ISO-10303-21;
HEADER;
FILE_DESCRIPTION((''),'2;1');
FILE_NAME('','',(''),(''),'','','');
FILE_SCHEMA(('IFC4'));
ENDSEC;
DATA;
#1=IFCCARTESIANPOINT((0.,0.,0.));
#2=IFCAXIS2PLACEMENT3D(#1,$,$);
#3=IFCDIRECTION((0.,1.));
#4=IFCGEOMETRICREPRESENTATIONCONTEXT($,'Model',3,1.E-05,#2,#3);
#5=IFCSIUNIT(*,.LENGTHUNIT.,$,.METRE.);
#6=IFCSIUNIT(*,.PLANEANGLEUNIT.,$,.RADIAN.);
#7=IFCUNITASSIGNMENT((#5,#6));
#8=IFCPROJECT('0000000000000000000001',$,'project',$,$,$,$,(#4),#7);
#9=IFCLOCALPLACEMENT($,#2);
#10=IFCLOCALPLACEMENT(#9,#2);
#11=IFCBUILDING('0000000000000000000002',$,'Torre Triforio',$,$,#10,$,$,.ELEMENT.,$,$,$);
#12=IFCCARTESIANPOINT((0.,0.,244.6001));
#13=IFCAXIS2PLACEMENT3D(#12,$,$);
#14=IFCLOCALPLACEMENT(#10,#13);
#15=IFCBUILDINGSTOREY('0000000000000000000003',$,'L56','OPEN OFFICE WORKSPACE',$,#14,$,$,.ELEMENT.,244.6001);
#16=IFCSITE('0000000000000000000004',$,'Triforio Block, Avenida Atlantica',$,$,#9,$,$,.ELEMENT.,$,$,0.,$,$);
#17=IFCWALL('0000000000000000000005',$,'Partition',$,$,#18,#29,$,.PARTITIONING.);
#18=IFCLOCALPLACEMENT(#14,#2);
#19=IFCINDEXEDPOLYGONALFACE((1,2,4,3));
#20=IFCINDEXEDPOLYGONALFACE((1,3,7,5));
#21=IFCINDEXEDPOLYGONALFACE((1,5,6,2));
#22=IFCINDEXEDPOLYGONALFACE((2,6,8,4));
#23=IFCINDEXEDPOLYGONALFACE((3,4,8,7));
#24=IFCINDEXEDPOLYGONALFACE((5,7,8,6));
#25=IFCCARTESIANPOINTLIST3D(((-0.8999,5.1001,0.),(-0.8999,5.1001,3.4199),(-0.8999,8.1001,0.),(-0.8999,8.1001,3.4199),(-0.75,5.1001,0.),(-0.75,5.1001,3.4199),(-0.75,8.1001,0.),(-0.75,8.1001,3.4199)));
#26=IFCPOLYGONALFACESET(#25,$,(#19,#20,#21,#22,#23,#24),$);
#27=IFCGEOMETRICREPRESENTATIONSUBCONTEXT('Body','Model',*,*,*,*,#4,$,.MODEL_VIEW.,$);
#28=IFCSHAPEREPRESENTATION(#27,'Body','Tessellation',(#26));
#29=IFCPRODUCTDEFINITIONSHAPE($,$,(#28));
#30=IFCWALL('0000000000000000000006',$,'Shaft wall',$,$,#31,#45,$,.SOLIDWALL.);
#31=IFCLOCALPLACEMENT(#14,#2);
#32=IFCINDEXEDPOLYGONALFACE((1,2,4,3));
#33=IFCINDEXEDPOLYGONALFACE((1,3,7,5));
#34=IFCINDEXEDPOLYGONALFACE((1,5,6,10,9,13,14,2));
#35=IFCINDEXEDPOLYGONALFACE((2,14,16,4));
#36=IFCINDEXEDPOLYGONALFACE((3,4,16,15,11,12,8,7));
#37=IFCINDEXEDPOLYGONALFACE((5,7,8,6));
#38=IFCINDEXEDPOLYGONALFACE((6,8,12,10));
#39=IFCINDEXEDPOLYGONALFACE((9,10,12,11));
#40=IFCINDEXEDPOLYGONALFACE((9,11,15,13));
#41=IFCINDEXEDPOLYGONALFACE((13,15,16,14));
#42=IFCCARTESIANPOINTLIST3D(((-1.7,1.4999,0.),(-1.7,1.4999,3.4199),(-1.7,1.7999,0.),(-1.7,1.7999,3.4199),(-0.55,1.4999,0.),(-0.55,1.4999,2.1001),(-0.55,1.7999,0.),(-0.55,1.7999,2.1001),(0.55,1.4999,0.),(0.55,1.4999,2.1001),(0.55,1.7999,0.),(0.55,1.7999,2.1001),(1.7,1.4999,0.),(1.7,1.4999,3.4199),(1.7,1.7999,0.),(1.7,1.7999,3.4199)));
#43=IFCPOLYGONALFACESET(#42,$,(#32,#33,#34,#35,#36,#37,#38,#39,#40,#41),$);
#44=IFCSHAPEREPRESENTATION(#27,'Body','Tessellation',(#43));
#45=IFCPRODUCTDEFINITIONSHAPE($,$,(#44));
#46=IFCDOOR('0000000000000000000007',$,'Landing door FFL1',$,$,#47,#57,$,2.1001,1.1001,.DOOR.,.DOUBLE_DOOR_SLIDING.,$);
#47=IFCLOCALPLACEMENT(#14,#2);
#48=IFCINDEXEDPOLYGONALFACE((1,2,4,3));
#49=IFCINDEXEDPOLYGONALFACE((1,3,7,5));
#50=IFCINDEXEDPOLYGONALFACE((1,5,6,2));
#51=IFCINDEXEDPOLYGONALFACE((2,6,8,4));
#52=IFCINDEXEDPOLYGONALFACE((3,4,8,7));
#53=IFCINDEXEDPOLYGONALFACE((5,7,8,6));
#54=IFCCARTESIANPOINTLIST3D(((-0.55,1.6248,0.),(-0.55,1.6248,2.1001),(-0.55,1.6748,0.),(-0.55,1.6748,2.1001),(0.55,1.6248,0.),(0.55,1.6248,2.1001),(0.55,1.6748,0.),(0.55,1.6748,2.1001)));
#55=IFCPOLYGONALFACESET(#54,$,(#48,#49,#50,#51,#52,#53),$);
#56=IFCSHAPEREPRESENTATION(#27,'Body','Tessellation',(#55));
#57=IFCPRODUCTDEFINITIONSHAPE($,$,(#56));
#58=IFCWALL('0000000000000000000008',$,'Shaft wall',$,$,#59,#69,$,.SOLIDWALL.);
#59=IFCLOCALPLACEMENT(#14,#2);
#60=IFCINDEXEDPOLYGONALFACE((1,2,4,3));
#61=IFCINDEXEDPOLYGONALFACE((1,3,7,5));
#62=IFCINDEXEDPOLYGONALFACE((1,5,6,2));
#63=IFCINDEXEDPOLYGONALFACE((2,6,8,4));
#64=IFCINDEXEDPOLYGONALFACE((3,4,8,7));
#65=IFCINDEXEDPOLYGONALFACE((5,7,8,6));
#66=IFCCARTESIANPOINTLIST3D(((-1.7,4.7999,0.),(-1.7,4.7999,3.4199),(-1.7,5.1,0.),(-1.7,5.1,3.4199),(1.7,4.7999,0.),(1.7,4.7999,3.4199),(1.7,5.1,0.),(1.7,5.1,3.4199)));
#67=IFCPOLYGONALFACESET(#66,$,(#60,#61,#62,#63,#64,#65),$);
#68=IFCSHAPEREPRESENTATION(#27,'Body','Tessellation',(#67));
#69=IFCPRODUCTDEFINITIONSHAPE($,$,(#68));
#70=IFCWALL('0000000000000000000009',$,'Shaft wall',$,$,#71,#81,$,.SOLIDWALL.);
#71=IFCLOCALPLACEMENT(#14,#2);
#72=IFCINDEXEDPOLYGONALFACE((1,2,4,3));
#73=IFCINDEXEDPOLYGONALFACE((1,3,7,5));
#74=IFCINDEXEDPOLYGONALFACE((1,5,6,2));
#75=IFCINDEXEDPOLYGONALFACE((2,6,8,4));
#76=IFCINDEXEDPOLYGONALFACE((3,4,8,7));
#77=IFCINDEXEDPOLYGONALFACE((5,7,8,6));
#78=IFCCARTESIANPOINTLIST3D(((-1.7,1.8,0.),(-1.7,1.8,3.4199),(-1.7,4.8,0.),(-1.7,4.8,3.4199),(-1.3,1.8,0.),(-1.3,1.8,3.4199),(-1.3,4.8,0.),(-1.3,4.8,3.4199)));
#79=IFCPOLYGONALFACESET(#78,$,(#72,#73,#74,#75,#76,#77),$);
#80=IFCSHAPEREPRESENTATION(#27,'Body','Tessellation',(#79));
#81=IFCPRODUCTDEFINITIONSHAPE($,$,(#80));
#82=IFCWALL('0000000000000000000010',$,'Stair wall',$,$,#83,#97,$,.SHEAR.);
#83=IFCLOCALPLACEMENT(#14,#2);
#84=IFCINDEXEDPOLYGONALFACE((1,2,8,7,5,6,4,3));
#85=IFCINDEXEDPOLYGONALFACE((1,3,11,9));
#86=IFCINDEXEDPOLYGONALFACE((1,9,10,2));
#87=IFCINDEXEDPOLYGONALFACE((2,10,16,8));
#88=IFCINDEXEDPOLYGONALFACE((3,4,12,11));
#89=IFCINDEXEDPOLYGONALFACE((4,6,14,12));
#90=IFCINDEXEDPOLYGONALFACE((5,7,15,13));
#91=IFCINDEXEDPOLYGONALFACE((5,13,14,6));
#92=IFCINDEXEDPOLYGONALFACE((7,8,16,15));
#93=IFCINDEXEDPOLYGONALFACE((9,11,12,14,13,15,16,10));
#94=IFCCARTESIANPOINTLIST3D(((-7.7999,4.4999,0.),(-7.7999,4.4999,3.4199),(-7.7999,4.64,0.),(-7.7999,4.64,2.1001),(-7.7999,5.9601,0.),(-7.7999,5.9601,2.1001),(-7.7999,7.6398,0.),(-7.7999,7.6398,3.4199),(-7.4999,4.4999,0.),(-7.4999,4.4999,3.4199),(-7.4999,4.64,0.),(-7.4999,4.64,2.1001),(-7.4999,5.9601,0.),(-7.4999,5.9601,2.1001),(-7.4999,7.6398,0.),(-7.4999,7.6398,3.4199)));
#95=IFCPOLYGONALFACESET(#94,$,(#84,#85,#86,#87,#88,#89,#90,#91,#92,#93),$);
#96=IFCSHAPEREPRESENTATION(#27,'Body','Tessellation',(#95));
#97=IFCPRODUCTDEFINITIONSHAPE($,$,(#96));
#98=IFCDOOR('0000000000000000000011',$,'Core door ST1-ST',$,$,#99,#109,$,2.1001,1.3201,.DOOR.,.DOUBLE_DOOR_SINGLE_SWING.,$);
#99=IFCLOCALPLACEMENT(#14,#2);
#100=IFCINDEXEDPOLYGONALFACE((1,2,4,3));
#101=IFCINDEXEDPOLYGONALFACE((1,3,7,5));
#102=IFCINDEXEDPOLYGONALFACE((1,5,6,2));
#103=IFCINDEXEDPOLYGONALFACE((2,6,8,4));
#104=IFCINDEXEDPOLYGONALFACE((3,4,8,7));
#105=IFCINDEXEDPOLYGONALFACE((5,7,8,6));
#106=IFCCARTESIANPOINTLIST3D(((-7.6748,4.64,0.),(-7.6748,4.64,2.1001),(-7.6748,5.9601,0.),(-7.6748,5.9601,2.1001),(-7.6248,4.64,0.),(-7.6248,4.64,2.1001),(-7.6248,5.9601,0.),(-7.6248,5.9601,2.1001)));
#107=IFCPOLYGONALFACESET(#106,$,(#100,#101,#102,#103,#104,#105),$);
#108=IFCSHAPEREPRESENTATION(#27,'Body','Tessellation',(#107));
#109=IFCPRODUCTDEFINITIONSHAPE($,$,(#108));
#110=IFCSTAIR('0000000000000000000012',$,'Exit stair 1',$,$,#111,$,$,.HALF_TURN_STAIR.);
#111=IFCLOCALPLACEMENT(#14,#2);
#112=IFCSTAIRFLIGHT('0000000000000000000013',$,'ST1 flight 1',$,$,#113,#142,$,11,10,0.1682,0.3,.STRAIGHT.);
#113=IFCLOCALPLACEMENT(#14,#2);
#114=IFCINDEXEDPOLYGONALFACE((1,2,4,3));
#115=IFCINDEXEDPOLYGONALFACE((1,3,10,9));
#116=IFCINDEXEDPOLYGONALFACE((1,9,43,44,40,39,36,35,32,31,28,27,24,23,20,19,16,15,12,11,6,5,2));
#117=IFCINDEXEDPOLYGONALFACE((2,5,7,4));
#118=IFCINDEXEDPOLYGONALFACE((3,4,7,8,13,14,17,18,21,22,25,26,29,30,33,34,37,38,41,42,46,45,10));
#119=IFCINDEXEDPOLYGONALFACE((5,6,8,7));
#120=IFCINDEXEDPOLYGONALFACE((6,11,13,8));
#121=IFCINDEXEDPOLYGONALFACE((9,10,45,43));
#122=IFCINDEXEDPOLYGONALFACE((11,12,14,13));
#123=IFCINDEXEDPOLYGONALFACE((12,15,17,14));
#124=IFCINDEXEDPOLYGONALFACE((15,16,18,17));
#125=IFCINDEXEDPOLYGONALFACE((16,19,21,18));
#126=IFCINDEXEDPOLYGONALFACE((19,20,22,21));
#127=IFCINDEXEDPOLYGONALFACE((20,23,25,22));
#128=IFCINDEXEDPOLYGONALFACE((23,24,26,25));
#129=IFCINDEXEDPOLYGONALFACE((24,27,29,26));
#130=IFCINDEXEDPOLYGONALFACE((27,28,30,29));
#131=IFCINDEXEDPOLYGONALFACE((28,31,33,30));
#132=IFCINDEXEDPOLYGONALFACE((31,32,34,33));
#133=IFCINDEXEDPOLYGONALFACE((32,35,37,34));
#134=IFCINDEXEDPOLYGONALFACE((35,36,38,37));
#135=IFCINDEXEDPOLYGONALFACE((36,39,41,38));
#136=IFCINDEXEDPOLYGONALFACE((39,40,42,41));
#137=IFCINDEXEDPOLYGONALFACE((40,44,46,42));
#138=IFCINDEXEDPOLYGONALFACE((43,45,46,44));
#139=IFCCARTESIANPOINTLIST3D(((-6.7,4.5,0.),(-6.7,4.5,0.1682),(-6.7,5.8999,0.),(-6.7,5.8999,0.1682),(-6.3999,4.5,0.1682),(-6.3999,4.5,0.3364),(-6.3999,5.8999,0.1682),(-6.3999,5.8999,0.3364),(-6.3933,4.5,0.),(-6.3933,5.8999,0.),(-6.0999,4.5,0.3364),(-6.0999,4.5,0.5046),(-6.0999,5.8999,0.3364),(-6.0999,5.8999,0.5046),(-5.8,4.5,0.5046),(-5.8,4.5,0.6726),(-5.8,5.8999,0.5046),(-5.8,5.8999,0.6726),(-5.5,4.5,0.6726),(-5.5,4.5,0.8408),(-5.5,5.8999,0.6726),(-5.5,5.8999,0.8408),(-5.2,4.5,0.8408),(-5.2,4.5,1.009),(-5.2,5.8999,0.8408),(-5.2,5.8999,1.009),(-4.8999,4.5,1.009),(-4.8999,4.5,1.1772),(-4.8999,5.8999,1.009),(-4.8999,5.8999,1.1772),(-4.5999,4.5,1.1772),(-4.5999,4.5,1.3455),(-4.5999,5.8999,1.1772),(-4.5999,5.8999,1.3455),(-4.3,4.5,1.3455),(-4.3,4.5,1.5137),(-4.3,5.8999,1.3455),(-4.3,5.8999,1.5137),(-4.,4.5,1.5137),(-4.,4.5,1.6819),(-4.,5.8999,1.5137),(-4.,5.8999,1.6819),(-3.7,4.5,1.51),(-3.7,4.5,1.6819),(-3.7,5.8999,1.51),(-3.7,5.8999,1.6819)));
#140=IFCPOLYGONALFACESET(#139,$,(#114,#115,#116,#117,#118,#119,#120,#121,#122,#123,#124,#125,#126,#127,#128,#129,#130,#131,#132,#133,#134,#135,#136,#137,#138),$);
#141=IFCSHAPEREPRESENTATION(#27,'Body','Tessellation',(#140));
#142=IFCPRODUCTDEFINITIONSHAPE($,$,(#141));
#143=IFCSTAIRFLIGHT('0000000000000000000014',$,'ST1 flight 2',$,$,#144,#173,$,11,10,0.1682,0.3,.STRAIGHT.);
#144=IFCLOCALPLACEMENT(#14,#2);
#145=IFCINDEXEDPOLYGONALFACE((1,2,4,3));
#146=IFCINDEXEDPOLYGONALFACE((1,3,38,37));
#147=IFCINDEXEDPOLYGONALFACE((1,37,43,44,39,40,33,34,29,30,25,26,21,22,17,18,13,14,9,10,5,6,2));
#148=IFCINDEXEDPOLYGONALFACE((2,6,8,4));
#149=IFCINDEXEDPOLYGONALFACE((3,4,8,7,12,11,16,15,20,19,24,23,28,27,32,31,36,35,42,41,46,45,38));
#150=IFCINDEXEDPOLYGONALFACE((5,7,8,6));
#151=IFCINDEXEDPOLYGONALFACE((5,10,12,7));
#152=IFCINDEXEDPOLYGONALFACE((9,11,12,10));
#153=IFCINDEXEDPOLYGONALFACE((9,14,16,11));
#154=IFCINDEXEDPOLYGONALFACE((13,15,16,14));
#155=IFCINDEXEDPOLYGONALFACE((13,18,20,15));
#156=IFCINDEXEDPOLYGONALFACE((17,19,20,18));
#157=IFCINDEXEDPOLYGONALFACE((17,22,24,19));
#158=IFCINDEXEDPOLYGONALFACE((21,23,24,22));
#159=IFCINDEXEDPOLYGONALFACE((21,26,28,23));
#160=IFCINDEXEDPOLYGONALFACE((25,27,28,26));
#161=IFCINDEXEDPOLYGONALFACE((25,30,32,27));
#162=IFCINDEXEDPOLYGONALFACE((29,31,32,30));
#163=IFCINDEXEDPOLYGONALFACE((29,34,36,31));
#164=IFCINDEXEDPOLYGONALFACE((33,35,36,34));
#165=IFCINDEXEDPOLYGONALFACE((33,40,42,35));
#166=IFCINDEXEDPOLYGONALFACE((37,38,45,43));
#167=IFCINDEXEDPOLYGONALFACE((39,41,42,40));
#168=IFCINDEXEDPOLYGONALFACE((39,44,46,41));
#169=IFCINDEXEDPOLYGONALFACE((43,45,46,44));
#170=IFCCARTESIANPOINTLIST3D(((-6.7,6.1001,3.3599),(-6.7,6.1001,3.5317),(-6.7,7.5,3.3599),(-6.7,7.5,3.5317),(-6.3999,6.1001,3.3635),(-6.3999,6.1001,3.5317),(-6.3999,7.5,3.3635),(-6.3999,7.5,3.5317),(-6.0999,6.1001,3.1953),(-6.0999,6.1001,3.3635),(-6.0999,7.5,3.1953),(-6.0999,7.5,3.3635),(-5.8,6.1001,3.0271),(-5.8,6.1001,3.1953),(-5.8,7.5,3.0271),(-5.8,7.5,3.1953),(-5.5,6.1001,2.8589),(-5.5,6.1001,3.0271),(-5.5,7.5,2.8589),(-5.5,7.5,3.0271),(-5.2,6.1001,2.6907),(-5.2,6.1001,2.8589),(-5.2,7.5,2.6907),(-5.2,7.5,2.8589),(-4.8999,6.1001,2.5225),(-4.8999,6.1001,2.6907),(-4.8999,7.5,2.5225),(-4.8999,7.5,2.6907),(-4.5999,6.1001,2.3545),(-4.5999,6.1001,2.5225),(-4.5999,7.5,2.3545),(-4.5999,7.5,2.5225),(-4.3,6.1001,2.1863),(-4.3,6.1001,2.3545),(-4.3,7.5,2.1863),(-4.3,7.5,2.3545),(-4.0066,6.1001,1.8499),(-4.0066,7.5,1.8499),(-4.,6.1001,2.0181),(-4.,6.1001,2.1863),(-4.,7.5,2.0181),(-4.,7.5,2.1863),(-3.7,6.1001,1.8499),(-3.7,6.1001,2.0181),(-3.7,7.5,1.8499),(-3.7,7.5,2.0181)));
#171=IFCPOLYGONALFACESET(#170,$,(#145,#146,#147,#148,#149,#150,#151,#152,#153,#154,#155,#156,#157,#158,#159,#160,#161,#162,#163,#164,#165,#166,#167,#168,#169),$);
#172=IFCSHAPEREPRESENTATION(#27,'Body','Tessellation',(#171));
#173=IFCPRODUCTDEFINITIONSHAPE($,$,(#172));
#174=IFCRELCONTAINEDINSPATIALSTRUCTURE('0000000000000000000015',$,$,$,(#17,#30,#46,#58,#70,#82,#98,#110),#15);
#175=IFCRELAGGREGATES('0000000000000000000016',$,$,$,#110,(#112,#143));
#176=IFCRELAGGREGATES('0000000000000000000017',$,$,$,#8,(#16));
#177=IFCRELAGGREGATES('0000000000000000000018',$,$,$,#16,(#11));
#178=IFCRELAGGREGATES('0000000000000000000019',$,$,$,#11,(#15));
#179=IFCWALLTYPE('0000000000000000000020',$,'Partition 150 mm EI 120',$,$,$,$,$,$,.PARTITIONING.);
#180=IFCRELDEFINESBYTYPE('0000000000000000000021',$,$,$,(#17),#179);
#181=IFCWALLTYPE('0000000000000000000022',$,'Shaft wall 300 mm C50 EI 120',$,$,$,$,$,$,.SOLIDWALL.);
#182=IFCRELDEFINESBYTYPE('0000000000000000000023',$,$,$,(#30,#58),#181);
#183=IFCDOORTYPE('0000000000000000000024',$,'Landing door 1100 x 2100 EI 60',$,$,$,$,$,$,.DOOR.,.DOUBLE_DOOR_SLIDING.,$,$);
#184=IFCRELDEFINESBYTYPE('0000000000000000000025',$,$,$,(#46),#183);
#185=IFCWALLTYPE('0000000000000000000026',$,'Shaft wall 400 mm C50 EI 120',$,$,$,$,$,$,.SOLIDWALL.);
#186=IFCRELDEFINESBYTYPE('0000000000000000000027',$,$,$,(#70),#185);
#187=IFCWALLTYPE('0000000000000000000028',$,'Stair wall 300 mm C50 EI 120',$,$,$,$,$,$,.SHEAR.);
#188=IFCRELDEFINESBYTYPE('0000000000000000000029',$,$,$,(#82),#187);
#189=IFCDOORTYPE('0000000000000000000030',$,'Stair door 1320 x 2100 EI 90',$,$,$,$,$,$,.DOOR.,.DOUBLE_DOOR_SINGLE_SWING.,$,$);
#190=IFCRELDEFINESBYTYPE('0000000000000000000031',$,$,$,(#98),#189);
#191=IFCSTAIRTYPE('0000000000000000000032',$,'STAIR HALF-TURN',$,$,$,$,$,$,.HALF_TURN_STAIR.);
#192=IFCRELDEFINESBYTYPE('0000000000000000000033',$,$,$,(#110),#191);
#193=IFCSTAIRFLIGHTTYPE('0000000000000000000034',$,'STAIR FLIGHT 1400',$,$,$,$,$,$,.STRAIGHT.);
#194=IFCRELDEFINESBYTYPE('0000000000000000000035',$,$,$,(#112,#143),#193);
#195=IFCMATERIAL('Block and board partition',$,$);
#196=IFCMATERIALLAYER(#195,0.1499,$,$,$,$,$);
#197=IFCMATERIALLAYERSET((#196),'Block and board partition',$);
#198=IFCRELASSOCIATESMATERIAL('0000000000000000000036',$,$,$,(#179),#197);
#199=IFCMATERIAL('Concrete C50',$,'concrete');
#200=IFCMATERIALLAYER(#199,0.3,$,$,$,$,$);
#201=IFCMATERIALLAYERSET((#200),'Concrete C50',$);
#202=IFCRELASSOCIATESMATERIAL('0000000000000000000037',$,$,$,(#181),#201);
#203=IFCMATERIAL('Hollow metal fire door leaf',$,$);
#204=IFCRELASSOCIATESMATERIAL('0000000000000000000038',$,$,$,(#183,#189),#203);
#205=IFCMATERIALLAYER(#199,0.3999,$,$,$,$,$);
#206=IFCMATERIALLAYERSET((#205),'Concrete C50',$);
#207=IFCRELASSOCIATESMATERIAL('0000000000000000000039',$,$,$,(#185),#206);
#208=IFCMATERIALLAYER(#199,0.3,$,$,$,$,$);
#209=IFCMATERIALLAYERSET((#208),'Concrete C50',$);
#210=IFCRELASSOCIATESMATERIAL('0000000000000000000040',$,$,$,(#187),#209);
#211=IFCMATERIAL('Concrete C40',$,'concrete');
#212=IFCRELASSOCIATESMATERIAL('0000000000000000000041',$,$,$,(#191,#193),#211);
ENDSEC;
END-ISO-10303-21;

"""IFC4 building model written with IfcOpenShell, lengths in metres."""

from ifc_helpers import new_model, si_unit, direction, frame, frame_2d, origin, place, context, subcontext, project, spatial, polyline, rectangle, outline, extrude, material, layer, layer_set, type_object, element, fill, aggregate, save


model = new_model("IFC4")

# Units and contexts
model_context = context("Model", 3, precision=1e-05, world=origin(), true_north=direction((0.0, 1.0)))
body_context = subcontext(model_context, "Body", "Model", "MODEL_VIEW")
ifc_project = project(units=[si_unit("LENGTHUNIT", "METRE"), si_unit("PLANEANGLEUNIT", "RADIAN")], contexts=[model_context])

# Site, building, storey
site_placement = place(None, origin())
site = spatial("IfcSite", under=ifc_project, at=site_placement, Name="Triforio Block, Avenida Atlantica", CompositionType="ELEMENT", RefElevation=0.0)
building_placement = place(site_placement, origin())
building = spatial("IfcBuilding", under=site, at=building_placement, Name="Torre Triforio", CompositionType="ELEMENT")
storey_placement = place(building_placement, frame((0.0, 0.0, 244.6001)))
storey = spatial("IfcBuildingStorey", under=building, at=storey_placement, Name="L56", Description="OPEN OFFICE WORKSPACE", CompositionType="ELEMENT", Elevation=244.6001)

# Shared definitions
ifc_material_1 = material(Name="Concrete C40", Category="concrete")

# Wall
ifc_material_2 = material(Name="Concrete C50", Category="concrete")
ifc_material_3 = material(Name="Block and board partition")
ifc_layer_1 = layer(ifc_material_3, 0.1499)
ifc_layer_set_1 = layer_set([ifc_layer_1], Name="Block and board partition")
wall_type_1 = type_object("IfcWallType", Name="Partition 150 mm EI 120", PredefinedType="PARTITIONING", material=ifc_layer_set_1)
wall_1_placement = place(storey_placement, frame((-0.825, 5.1001, 0.0), z_axis=(0.0, 0.0, 1.0), x_axis=(0.0, 1.0, 0.0)))
element("IfcWall", 1, at=wall_1_placement, inside=storey, type_object=wall_type_1, Name="Partition", PredefinedType="PARTITIONING", context=body_context, shape_type="SweptSolid", body=[
    extrude(rectangle(XDim=3.0, YDim=0.1499, at=frame_2d((1.5, 0.0))), origin(), (0.0, 0.0, 1.0), 3.4199),
])

# Wall, opening, door
ifc_layer_2 = layer(ifc_material_2, 0.3)
ifc_layer_set_2 = layer_set([ifc_layer_2], Name="Concrete C50")
wall_type_2 = type_object("IfcWallType", Name="Shaft wall 300 mm C50 EI 120", PredefinedType="SOLIDWALL", material=ifc_layer_set_2)
wall_2_placement = place(storey_placement, frame((-1.7, 1.6499, 0.0), z_axis=(0.0, 0.0, 1.0), x_axis=(1.0, 0.0, 0.0)))
wall_2 = element("IfcWall", 2, at=wall_2_placement, inside=storey, type_object=wall_type_2, Name="Shaft wall", PredefinedType="SOLIDWALL", context=body_context, shape_type="SweptSolid", body=[
    extrude(rectangle(XDim=3.3999, YDim=0.3, at=frame_2d((1.7, 0.0))), origin(), (0.0, 0.0, 1.0), 3.4199),
])
opening_1_placement = place(wall_2_placement, frame((1.1499, 0.0, 0.0)))
opening_1 = element("IfcOpeningElement", 3, at=opening_1_placement, cuts=wall_2, PredefinedType="OPENING", context=body_context, shape_type="SweptSolid", body=[
    extrude(rectangle(XDim=1.1001, YDim=2.1001, at=frame_2d((0.55, 1.05))), frame((0.0, 0.1599, 0.0), z_axis=(0.0, -1.0, 0.0), x_axis=(1.0, 0.0, 0.0)), (0.0, 0.0, 1.0), 0.3201),
])
ifc_material_4 = material(Name="Hollow metal fire door leaf")
door_type_1 = type_object("IfcDoorType", Name="Landing door 1100 x 2100 EI 60", OperationType="DOUBLE_DOOR_SLIDING", PredefinedType="DOOR", material=ifc_material_4)
door_1_placement = place(opening_1_placement, origin())
door_1 = element("IfcDoor", 4, at=door_1_placement, inside=storey, type_object=door_type_1, Name="Landing door FFL1", OperationType="DOUBLE_DOOR_SLIDING", OverallHeight=2.1001, OverallWidth=1.1001, PredefinedType="DOOR", context=body_context, shape_type="SweptSolid", body=[
    extrude(rectangle(XDim=1.1001, YDim=2.1001, at=frame_2d((0.55, 1.05))), frame((0.0, 0.0249, 0.0), z_axis=(0.0, -1.0, 0.0), x_axis=(1.0, 0.0, 0.0)), (0.0, 0.0, 1.0), 0.05),
])
fill(opening_1, door_1)

# Walls
wall_3_placement = place(storey_placement, frame((-1.7, 4.95, 0.0), z_axis=(0.0, 0.0, 1.0), x_axis=(1.0, 0.0, 0.0)))
element("IfcWall", 5, at=wall_3_placement, inside=storey, type_object=wall_type_2, Name="Shaft wall", PredefinedType="SOLIDWALL", context=body_context, shape_type="SweptSolid", body=[
    extrude(rectangle(XDim=3.3999, YDim=0.3, at=frame_2d((1.7, 0.0))), origin(), (0.0, 0.0, 1.0), 3.4199),
])
ifc_layer_3 = layer(ifc_material_2, 0.3999)
ifc_layer_set_3 = layer_set([ifc_layer_3], Name="Concrete C50")
wall_type_3 = type_object("IfcWallType", Name="Shaft wall 400 mm C50 EI 120", PredefinedType="SOLIDWALL", material=ifc_layer_set_3)
wall_4_placement = place(storey_placement, frame((-1.5, 1.8, 0.0), z_axis=(0.0, 0.0, 1.0), x_axis=(0.0, 1.0, 0.0)))
element("IfcWall", 6, at=wall_4_placement, inside=storey, type_object=wall_type_3, Name="Shaft wall", PredefinedType="SOLIDWALL", context=body_context, shape_type="SweptSolid", body=[
    extrude(rectangle(XDim=3.0, YDim=0.3999, at=frame_2d((1.5, 0.0))), origin(), (0.0, 0.0, 1.0), 3.4199),
])

# Wall, opening, door
ifc_layer_4 = layer(ifc_material_2, 0.3)
ifc_layer_set_4 = layer_set([ifc_layer_4], Name="Concrete C50")
wall_type_4 = type_object("IfcWallType", Name="Stair wall 300 mm C50 EI 120", PredefinedType="SHEAR", material=ifc_layer_set_4)
wall_5_placement = place(storey_placement, frame((-7.6499, 4.5, 0.0), z_axis=(0.0, 0.0, 1.0), x_axis=(0.0, 1.0, 0.0)))
wall_5 = element("IfcWall", 7, at=wall_5_placement, inside=storey, type_object=wall_type_4, Name="Stair wall", PredefinedType="SHEAR", context=body_context, shape_type="SweptSolid", body=[
    extrude(rectangle(XDim=3.1399, YDim=0.3, at=frame_2d((1.5698, 0.0))), origin(), (0.0, 0.0, 1.0), 3.4199),
])
opening_2_placement = place(wall_5_placement, frame((0.1399, 0.0, 0.0)))
opening_2 = element("IfcOpeningElement", 8, at=opening_2_placement, cuts=wall_5, PredefinedType="OPENING", context=body_context, shape_type="SweptSolid", body=[
    extrude(rectangle(XDim=1.3201, YDim=2.1001, at=frame_2d((0.6602, 1.05))), frame((0.0, 0.1599, 0.0), z_axis=(0.0, -1.0, 0.0), x_axis=(1.0, 0.0, 0.0)), (0.0, 0.0, 1.0), 0.3201),
])
door_type_2 = type_object("IfcDoorType", Name="Stair door 1320 x 2100 EI 90", OperationType="DOUBLE_DOOR_SINGLE_SWING", PredefinedType="DOOR", material=ifc_material_4)
door_2_placement = place(opening_2_placement, origin())
door_2 = element("IfcDoor", 9, at=door_2_placement, inside=storey, type_object=door_type_2, Name="Core door ST1-ST", OperationType="DOUBLE_DOOR_SINGLE_SWING", OverallHeight=2.1001, OverallWidth=1.3201, PredefinedType="DOOR", context=body_context, shape_type="SweptSolid", body=[
    extrude(rectangle(XDim=1.3201, YDim=2.1001, at=frame_2d((0.6602, 1.05))), frame((0.0, 0.0249, 0.0), z_axis=(0.0, -1.0, 0.0), x_axis=(1.0, 0.0, 0.0)), (0.0, 0.0, 1.0), 0.05),
])
fill(opening_2, door_2)

# Stair, stair flights
stair_type = type_object("IfcStairType", Name="STAIR HALF-TURN", PredefinedType="HALF_TURN_STAIR", material=ifc_material_1)
stair_placement = place(storey_placement, origin())
stair = element("IfcStair", 10, at=stair_placement, inside=storey, type_object=stair_type, Name="Exit stair 1", PredefinedType="HALF_TURN_STAIR")
stair_flight_type = type_object("IfcStairFlightType", Name="STAIR FLIGHT 1400", PredefinedType="STRAIGHT", material=ifc_material_1)
stair_flight_1_placement = place(storey_placement, frame((-6.7, 5.2, 0.0), z_axis=(0.0, 0.0, 1.0), x_axis=(1.0, 0.0, 0.0)))
stair_flight_1 = element("IfcStairFlight", 11, at=stair_flight_1_placement, type_object=stair_flight_type, Name="ST1 flight 1", NumberOfRisers=11, NumberOfTreads=10, PredefinedType="STRAIGHT", RiserHeight=0.1682, TreadLength=0.3, context=body_context, shape_type="SweptSolid", body=[
    extrude(outline(polyline([(0.0, 0.0), (0.0, 0.1682), (0.3, 0.1682), (0.3, 0.3364), (0.6001, 0.3364), (0.6001, 0.5046), (0.8999, 0.5046), (0.8999, 0.6726), (1.2, 0.6726), (1.2, 0.8408), (1.5, 0.8408), (1.5, 1.009), (1.8, 1.009), (1.8, 1.1772), (2.1001, 1.1772), (2.1001, 1.3455), (2.3999, 1.3455), (2.3999, 1.5137), (2.7, 1.5137), (2.7, 1.6819), (3.0, 1.6819), (3.0, 1.8501), (3.0, 1.51), (0.3066, 0.0), (0.0, 0.0)])), frame((0.0, 0.7, 0.0), z_axis=(0.0, -1.0, 0.0), x_axis=(1.0, 0.0, 0.0)), (0.0, 0.0, 1.0), 1.3999),
])
stair_flight_2_placement = place(storey_placement, frame((-3.7, 6.8, 1.8499), z_axis=(0.0, 0.0, 1.0), x_axis=(-1.0, 0.0, 0.0)))
stair_flight_2 = element("IfcStairFlight", 12, at=stair_flight_2_placement, type_object=stair_flight_type, Name="ST1 flight 2", NumberOfRisers=11, NumberOfTreads=10, PredefinedType="STRAIGHT", RiserHeight=0.1682, TreadLength=0.3, context=body_context, shape_type="SweptSolid", body=[
    extrude(outline(polyline([(0.0, 0.0), (0.0, 0.1682), (0.3, 0.1682), (0.3, 0.3364), (0.6001, 0.3364), (0.6001, 0.5046), (0.8999, 0.5046), (0.8999, 0.6726), (1.2, 0.6726), (1.2, 0.8408), (1.5, 0.8408), (1.5, 1.009), (1.8, 1.009), (1.8, 1.1772), (2.1001, 1.1772), (2.1001, 1.3455), (2.3999, 1.3455), (2.3999, 1.5137), (2.7, 1.5137), (2.7, 1.6819), (3.0, 1.6819), (3.0, 1.8501), (3.0, 1.51), (0.3066, 0.0), (0.0, 0.0)])), frame((0.0, 0.7, 0.0), z_axis=(0.0, -1.0, 0.0), x_axis=(1.0, 0.0, 0.0)), (0.0, 0.0, 1.0), 1.3999),
])
aggregate(stair, [stair_flight_1, stair_flight_2])

save(model, "model.ifc")
